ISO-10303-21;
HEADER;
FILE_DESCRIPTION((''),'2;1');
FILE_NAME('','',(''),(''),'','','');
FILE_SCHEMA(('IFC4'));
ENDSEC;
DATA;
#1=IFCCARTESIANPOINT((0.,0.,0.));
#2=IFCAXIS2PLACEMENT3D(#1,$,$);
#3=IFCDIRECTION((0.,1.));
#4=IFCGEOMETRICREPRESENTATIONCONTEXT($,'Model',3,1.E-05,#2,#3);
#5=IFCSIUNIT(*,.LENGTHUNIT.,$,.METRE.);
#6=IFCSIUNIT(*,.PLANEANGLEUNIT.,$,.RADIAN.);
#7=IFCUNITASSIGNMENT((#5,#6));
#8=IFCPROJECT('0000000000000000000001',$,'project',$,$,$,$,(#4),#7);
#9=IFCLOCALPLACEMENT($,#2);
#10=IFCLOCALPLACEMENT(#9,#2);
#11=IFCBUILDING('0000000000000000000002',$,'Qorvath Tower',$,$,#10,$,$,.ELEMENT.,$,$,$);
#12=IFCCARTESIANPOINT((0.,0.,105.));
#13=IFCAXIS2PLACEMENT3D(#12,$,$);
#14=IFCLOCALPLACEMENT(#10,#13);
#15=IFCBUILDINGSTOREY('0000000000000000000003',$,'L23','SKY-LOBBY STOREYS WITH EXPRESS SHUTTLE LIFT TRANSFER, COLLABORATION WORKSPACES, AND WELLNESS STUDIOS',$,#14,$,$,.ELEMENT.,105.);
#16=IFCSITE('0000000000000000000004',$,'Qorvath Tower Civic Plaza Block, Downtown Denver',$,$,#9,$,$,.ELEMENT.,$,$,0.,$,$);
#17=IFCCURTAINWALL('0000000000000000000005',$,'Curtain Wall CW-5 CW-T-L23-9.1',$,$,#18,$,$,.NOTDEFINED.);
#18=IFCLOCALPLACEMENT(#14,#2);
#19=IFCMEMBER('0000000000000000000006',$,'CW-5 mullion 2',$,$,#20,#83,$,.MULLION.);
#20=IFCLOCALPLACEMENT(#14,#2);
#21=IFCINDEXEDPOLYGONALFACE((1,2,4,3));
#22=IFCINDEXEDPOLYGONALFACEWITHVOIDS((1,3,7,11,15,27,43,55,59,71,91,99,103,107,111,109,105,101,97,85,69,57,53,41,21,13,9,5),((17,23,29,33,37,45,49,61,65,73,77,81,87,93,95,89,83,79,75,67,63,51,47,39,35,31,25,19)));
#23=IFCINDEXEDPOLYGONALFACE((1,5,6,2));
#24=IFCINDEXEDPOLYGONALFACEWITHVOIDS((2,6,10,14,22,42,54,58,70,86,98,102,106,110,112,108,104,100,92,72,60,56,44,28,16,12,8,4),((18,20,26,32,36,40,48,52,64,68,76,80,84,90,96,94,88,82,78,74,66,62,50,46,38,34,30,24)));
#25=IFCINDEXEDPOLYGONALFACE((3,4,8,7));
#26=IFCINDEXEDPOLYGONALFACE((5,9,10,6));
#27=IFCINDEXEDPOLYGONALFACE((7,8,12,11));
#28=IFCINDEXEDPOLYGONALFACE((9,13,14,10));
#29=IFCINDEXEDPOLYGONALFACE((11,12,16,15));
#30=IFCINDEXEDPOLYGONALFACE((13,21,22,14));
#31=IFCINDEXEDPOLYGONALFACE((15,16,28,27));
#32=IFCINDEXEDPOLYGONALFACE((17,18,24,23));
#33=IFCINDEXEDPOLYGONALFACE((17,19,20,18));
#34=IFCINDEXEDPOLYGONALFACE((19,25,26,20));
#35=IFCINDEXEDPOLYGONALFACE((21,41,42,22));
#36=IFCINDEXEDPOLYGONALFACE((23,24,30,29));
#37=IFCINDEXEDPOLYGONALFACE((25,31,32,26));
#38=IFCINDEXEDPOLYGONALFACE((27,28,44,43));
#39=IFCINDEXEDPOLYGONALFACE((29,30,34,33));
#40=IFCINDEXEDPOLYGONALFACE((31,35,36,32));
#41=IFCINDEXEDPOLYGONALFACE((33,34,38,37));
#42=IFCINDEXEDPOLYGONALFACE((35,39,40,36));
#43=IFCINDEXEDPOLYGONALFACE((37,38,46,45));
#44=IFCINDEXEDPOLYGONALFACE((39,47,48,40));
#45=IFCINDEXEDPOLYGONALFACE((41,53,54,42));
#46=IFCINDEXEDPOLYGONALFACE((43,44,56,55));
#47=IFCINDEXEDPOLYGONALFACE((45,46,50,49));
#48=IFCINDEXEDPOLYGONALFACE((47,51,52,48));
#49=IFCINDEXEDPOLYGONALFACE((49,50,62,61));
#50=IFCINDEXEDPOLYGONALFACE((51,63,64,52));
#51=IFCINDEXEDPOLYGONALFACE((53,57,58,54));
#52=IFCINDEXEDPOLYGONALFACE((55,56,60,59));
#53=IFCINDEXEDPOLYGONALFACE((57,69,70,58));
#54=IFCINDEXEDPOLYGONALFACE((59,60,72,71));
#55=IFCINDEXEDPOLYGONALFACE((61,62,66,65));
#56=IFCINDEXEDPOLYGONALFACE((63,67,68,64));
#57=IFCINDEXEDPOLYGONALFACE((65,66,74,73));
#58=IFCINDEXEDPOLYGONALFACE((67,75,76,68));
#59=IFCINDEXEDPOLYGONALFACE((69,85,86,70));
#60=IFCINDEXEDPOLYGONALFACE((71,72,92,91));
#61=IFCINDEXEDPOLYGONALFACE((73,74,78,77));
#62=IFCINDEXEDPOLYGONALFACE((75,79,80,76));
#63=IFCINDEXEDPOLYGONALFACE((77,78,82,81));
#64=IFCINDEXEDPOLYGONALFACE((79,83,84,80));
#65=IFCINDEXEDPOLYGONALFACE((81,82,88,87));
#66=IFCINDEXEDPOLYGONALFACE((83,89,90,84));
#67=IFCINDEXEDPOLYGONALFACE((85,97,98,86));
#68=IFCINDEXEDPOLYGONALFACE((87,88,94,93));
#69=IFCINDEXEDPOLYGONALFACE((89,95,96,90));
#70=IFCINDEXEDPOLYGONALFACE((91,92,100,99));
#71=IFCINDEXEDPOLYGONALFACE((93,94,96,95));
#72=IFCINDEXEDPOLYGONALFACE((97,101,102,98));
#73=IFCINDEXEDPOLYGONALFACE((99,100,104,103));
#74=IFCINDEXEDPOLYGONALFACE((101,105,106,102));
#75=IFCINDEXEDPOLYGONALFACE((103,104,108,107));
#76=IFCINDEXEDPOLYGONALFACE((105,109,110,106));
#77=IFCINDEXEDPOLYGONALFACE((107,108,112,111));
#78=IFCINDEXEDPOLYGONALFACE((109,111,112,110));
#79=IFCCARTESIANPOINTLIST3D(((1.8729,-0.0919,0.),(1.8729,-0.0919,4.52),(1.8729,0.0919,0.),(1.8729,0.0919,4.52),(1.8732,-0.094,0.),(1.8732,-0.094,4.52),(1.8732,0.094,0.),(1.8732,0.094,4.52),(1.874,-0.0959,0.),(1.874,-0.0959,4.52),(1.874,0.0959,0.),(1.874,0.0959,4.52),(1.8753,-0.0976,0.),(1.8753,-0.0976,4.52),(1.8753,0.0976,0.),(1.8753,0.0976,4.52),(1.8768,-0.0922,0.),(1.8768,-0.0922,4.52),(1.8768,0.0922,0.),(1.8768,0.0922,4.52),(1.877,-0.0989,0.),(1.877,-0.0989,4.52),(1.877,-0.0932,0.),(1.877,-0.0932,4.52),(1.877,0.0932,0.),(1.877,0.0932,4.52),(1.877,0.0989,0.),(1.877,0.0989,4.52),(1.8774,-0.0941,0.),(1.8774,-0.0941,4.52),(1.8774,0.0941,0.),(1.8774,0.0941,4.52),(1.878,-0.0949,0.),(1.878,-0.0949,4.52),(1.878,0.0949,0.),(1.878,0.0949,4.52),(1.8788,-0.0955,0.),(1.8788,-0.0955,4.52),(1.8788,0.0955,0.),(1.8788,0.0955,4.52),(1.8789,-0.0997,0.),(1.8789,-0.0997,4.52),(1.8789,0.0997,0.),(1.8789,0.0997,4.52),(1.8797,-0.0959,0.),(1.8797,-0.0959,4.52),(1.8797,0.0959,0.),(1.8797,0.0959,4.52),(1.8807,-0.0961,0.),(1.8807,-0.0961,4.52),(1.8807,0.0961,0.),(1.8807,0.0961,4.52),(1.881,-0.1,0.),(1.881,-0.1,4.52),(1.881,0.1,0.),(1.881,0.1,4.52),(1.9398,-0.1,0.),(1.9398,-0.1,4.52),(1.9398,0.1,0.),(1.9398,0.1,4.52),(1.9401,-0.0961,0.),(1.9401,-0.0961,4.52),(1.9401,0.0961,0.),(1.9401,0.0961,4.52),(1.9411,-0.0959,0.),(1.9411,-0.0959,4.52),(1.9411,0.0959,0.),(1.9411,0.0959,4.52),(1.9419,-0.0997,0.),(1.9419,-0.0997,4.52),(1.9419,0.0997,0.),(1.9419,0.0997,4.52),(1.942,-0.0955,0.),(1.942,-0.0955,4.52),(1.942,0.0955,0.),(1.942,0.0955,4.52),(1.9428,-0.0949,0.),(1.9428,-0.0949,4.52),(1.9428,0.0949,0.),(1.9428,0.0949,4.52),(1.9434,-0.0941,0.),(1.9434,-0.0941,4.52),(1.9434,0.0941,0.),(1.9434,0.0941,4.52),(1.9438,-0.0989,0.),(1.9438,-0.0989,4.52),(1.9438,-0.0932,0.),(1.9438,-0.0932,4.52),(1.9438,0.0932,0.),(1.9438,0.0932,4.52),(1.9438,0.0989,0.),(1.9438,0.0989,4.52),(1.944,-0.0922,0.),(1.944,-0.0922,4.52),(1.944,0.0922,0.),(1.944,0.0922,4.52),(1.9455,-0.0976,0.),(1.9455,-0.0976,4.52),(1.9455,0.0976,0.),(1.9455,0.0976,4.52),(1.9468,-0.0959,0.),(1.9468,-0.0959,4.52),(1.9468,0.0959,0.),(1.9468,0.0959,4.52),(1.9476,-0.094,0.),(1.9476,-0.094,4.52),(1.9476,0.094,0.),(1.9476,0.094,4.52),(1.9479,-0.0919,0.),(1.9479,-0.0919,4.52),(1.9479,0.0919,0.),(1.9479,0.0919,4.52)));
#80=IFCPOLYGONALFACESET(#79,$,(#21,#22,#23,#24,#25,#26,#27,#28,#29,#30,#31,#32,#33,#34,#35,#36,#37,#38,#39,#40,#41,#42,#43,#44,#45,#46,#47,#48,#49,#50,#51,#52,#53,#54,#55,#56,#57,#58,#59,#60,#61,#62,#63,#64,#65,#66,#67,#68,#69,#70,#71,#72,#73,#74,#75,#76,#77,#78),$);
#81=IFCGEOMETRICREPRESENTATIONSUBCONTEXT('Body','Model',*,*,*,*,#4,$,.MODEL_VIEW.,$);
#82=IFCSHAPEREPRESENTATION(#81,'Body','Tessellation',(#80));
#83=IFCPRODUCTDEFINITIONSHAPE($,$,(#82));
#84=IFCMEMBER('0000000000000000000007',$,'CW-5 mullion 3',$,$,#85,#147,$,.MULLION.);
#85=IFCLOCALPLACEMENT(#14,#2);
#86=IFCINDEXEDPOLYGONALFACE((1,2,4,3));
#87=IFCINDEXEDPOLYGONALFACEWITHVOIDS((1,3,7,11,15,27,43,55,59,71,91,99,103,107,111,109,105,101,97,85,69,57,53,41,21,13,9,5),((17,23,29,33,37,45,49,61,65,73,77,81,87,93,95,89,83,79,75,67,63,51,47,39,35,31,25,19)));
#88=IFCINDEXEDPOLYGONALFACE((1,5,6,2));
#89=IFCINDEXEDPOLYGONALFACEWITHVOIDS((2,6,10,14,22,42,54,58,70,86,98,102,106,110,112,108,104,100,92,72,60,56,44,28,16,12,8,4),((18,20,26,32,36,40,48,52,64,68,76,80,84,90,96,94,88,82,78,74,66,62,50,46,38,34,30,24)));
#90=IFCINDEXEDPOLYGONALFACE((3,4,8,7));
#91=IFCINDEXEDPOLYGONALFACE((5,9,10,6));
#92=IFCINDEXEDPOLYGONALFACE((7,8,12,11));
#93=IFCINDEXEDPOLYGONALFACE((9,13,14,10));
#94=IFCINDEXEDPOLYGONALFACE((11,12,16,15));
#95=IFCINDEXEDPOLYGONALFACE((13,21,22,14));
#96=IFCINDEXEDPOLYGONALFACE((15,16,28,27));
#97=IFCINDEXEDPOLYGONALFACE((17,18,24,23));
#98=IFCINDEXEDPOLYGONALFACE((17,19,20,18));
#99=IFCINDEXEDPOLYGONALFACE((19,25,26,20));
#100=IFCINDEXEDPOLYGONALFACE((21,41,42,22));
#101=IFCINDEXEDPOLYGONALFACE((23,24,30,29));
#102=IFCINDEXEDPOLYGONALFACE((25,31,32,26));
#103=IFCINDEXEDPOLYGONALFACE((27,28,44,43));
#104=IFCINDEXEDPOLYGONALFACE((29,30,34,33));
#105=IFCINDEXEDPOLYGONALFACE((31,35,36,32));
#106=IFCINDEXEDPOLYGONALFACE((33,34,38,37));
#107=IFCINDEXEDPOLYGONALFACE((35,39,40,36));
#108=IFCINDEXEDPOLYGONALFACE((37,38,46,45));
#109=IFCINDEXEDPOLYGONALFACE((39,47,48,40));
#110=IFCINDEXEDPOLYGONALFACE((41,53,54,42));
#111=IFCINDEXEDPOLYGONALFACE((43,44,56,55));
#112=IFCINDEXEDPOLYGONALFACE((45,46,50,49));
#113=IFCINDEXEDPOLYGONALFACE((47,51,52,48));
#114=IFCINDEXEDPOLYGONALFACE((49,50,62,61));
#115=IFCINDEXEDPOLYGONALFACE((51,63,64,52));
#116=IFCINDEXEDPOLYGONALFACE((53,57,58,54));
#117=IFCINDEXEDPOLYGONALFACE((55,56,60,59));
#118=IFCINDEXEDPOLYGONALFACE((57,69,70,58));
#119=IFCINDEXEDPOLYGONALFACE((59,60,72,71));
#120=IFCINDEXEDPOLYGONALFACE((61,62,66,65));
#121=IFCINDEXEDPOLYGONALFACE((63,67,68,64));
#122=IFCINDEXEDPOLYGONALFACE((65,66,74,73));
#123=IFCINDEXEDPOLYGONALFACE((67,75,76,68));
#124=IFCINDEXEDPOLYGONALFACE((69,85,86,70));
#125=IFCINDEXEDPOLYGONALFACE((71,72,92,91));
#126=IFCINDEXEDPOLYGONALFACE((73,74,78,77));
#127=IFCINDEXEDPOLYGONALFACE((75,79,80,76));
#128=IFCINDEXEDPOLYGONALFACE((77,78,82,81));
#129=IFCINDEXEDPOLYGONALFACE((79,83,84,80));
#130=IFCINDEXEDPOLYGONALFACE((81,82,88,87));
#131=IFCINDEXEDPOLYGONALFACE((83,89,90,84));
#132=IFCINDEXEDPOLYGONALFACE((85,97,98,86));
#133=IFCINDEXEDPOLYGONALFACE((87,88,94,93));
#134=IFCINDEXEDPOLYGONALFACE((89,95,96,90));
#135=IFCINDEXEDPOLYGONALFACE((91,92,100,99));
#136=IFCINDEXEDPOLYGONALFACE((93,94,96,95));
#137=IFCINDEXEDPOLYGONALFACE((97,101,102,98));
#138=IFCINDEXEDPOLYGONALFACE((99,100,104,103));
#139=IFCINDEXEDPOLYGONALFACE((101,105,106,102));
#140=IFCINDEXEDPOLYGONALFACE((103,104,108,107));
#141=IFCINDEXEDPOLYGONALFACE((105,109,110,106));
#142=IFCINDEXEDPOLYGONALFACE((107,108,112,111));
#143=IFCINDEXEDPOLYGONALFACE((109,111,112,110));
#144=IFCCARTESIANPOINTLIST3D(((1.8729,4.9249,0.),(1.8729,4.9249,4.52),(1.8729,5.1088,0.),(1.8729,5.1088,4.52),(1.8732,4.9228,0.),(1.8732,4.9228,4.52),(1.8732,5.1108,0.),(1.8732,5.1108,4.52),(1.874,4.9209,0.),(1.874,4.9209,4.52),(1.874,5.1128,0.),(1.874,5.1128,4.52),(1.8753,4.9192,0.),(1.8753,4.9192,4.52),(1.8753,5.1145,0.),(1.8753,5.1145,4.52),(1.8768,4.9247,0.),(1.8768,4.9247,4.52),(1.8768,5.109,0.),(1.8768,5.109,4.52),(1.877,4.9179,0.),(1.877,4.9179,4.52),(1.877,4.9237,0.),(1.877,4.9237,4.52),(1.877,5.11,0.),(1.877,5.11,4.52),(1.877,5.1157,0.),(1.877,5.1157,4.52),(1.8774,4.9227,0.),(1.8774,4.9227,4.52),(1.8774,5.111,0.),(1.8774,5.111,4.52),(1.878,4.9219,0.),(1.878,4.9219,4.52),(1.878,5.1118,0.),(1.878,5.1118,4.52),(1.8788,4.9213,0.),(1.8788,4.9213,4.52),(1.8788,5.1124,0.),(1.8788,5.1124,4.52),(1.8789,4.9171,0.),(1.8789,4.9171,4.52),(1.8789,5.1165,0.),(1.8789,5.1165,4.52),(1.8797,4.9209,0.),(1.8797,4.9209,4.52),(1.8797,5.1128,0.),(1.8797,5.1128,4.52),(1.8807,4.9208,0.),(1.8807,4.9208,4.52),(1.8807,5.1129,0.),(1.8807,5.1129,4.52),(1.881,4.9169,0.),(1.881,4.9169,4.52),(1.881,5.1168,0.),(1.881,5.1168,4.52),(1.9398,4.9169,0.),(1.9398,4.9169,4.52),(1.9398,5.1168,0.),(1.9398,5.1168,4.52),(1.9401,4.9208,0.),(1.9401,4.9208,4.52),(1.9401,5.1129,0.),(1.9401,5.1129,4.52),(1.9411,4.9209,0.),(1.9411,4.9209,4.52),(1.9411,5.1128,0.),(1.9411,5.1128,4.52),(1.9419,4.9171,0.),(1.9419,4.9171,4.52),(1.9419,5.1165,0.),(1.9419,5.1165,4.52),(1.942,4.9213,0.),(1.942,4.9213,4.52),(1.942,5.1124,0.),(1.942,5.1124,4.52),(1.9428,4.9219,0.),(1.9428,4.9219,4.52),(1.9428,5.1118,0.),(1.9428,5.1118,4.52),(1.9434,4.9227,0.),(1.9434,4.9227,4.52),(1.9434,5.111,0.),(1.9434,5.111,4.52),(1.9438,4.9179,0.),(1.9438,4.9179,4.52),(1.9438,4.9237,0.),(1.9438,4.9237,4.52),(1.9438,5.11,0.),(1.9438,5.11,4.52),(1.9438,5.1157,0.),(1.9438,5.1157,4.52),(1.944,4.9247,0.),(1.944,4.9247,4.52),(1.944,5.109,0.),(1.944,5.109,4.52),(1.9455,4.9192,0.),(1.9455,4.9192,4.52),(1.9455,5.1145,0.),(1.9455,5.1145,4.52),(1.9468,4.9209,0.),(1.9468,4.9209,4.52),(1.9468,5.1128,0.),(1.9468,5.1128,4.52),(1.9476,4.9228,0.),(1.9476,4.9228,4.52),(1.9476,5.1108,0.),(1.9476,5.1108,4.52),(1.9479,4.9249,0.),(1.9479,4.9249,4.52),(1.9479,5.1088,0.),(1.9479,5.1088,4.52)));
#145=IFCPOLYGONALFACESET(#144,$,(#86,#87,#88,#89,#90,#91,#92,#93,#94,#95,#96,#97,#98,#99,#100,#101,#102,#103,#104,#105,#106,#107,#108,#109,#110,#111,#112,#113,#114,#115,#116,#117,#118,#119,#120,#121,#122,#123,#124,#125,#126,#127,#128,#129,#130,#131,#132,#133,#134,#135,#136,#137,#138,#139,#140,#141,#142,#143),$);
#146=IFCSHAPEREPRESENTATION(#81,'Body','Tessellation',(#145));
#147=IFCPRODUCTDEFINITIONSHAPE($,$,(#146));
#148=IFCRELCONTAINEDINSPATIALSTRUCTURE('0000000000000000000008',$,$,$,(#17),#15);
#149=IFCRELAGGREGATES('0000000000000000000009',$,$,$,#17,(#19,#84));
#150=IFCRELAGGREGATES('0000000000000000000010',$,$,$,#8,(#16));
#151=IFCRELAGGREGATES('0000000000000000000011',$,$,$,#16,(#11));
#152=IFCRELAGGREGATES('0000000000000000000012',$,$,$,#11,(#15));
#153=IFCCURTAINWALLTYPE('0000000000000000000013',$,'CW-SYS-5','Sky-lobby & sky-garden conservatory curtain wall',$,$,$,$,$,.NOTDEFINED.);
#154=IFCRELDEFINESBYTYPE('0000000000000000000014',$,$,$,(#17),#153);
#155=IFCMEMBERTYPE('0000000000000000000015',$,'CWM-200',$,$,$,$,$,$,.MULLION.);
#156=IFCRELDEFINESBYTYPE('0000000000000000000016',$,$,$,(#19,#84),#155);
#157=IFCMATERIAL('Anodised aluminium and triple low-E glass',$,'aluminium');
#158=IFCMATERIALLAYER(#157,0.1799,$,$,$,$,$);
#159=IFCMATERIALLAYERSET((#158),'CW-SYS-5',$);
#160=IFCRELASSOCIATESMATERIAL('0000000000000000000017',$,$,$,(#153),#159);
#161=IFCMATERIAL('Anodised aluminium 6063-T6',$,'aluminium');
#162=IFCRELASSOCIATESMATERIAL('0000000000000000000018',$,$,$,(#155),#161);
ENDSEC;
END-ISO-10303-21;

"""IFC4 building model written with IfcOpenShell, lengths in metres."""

from ifc_helpers import new_model, si_unit, direction, frame, origin, origin_2d, place, context, subcontext, project, spatial, hollow_rectangle, extrude, material, layer, layer_set, material_profile, profile_set, type_object, element, aggregate, save


model = new_model("IFC4")

# Units and contexts
model_context = context("Model", 3, precision=1e-05, world=origin(), true_north=direction((0.0, 1.0)))
body_context = subcontext(model_context, "Body", "Model", "MODEL_VIEW")
ifc_project = project(units=[si_unit("LENGTHUNIT", "METRE"), si_unit("PLANEANGLEUNIT", "RADIAN")], contexts=[model_context])

# Site, building, storey
site_placement = place(None, origin())
site = spatial("IfcSite", under=ifc_project, at=site_placement, Name="Qorvath Tower Civic Plaza Block, Downtown Denver", CompositionType="ELEMENT", RefElevation=0.0)
building_placement = place(site_placement, origin())
building = spatial("IfcBuilding", under=site, at=building_placement, Name="Qorvath Tower", CompositionType="ELEMENT")
storey_placement = place(building_placement, frame((0.0, 0.0, 105.0)))
storey = spatial("IfcBuildingStorey", under=building, at=storey_placement, Name="L23", Description="SKY-LOBBY STOREYS WITH EXPRESS SHUTTLE LIFT TRANSFER, COLLABORATION WORKSPACES, AND WELLNESS STUDIOS", CompositionType="ELEMENT", Elevation=105.0)

# Curtain wall, members
ifc_material_1 = material(Name="Anodised aluminium and triple low-E glass", Category="aluminium")
ifc_layer_1 = layer(ifc_material_1, 0.1799)
ifc_layer_set_1 = layer_set([ifc_layer_1], Name="CW-SYS-5")
curtain_wall_type = type_object("IfcCurtainWallType", Name="CW-SYS-5", Description="Sky-lobby & sky-garden conservatory curtain wall", PredefinedType="NOTDEFINED", material=ifc_layer_set_1)
curtain_wall_1_placement = place(storey_placement, origin())
curtain_wall_1 = element("IfcCurtainWall", 1, at=curtain_wall_1_placement, inside=storey, type_object=curtain_wall_type, Name="Curtain Wall CW-5 CW-T-L23-9.1", PredefinedType="NOTDEFINED")
ifc_material_2 = material(Name="Anodised aluminium 6063-T6", Category="aluminium")
ifc_material_profile_1 = material_profile(ifc_material_2, hollow_rectangle(XDim=0.075, YDim=0.2, WallThickness=0.0039, InnerFilletRadius=0.0039, OuterFilletRadius=0.0081, at=origin_2d()), Name="CWM 200x75")
ifc_profile_set_1 = profile_set([ifc_material_profile_1], Name="Anodised aluminium 6063-T6")
member_type_1 = type_object("IfcMemberType", Name="CWM-200", PredefinedType="MULLION", material=ifc_profile_set_1)
member_1_placement = place(storey_placement, frame((1.9104, 0.0, 0.0), z_axis=(0.0, 0.0, 1.0), x_axis=(-1.0, 0.0, 0.0)))
member_1 = element("IfcMember", 2, at=member_1_placement, type_object=member_type_1, Name="CW-5 mullion 2", PredefinedType="MULLION", context=body_context, shape_type="SweptSolid", body=[
    extrude(hollow_rectangle(XDim=0.075, YDim=0.2, WallThickness=0.0039, InnerFilletRadius=0.0039, OuterFilletRadius=0.0081, at=origin_2d()), origin(), (0.0, 0.0, 1.0), 4.52),
])
member_2_placement = place(storey_placement, frame((1.9104, 5.0168, 0.0), z_axis=(0.0, 0.0, 1.0), x_axis=(-1.0, 0.0, 0.0)))
member_2 = element("IfcMember", 3, at=member_2_placement, type_object=member_type_1, Name="CW-5 mullion 3", PredefinedType="MULLION", context=body_context, shape_type="SweptSolid", body=[
    extrude(hollow_rectangle(XDim=0.075, YDim=0.2, WallThickness=0.0039, InnerFilletRadius=0.0039, OuterFilletRadius=0.0081, at=origin_2d()), origin(), (0.0, 0.0, 1.0), 4.52),
])

aggregate(curtain_wall_1, [member_1, member_2])

save(model, "model.ifc")
